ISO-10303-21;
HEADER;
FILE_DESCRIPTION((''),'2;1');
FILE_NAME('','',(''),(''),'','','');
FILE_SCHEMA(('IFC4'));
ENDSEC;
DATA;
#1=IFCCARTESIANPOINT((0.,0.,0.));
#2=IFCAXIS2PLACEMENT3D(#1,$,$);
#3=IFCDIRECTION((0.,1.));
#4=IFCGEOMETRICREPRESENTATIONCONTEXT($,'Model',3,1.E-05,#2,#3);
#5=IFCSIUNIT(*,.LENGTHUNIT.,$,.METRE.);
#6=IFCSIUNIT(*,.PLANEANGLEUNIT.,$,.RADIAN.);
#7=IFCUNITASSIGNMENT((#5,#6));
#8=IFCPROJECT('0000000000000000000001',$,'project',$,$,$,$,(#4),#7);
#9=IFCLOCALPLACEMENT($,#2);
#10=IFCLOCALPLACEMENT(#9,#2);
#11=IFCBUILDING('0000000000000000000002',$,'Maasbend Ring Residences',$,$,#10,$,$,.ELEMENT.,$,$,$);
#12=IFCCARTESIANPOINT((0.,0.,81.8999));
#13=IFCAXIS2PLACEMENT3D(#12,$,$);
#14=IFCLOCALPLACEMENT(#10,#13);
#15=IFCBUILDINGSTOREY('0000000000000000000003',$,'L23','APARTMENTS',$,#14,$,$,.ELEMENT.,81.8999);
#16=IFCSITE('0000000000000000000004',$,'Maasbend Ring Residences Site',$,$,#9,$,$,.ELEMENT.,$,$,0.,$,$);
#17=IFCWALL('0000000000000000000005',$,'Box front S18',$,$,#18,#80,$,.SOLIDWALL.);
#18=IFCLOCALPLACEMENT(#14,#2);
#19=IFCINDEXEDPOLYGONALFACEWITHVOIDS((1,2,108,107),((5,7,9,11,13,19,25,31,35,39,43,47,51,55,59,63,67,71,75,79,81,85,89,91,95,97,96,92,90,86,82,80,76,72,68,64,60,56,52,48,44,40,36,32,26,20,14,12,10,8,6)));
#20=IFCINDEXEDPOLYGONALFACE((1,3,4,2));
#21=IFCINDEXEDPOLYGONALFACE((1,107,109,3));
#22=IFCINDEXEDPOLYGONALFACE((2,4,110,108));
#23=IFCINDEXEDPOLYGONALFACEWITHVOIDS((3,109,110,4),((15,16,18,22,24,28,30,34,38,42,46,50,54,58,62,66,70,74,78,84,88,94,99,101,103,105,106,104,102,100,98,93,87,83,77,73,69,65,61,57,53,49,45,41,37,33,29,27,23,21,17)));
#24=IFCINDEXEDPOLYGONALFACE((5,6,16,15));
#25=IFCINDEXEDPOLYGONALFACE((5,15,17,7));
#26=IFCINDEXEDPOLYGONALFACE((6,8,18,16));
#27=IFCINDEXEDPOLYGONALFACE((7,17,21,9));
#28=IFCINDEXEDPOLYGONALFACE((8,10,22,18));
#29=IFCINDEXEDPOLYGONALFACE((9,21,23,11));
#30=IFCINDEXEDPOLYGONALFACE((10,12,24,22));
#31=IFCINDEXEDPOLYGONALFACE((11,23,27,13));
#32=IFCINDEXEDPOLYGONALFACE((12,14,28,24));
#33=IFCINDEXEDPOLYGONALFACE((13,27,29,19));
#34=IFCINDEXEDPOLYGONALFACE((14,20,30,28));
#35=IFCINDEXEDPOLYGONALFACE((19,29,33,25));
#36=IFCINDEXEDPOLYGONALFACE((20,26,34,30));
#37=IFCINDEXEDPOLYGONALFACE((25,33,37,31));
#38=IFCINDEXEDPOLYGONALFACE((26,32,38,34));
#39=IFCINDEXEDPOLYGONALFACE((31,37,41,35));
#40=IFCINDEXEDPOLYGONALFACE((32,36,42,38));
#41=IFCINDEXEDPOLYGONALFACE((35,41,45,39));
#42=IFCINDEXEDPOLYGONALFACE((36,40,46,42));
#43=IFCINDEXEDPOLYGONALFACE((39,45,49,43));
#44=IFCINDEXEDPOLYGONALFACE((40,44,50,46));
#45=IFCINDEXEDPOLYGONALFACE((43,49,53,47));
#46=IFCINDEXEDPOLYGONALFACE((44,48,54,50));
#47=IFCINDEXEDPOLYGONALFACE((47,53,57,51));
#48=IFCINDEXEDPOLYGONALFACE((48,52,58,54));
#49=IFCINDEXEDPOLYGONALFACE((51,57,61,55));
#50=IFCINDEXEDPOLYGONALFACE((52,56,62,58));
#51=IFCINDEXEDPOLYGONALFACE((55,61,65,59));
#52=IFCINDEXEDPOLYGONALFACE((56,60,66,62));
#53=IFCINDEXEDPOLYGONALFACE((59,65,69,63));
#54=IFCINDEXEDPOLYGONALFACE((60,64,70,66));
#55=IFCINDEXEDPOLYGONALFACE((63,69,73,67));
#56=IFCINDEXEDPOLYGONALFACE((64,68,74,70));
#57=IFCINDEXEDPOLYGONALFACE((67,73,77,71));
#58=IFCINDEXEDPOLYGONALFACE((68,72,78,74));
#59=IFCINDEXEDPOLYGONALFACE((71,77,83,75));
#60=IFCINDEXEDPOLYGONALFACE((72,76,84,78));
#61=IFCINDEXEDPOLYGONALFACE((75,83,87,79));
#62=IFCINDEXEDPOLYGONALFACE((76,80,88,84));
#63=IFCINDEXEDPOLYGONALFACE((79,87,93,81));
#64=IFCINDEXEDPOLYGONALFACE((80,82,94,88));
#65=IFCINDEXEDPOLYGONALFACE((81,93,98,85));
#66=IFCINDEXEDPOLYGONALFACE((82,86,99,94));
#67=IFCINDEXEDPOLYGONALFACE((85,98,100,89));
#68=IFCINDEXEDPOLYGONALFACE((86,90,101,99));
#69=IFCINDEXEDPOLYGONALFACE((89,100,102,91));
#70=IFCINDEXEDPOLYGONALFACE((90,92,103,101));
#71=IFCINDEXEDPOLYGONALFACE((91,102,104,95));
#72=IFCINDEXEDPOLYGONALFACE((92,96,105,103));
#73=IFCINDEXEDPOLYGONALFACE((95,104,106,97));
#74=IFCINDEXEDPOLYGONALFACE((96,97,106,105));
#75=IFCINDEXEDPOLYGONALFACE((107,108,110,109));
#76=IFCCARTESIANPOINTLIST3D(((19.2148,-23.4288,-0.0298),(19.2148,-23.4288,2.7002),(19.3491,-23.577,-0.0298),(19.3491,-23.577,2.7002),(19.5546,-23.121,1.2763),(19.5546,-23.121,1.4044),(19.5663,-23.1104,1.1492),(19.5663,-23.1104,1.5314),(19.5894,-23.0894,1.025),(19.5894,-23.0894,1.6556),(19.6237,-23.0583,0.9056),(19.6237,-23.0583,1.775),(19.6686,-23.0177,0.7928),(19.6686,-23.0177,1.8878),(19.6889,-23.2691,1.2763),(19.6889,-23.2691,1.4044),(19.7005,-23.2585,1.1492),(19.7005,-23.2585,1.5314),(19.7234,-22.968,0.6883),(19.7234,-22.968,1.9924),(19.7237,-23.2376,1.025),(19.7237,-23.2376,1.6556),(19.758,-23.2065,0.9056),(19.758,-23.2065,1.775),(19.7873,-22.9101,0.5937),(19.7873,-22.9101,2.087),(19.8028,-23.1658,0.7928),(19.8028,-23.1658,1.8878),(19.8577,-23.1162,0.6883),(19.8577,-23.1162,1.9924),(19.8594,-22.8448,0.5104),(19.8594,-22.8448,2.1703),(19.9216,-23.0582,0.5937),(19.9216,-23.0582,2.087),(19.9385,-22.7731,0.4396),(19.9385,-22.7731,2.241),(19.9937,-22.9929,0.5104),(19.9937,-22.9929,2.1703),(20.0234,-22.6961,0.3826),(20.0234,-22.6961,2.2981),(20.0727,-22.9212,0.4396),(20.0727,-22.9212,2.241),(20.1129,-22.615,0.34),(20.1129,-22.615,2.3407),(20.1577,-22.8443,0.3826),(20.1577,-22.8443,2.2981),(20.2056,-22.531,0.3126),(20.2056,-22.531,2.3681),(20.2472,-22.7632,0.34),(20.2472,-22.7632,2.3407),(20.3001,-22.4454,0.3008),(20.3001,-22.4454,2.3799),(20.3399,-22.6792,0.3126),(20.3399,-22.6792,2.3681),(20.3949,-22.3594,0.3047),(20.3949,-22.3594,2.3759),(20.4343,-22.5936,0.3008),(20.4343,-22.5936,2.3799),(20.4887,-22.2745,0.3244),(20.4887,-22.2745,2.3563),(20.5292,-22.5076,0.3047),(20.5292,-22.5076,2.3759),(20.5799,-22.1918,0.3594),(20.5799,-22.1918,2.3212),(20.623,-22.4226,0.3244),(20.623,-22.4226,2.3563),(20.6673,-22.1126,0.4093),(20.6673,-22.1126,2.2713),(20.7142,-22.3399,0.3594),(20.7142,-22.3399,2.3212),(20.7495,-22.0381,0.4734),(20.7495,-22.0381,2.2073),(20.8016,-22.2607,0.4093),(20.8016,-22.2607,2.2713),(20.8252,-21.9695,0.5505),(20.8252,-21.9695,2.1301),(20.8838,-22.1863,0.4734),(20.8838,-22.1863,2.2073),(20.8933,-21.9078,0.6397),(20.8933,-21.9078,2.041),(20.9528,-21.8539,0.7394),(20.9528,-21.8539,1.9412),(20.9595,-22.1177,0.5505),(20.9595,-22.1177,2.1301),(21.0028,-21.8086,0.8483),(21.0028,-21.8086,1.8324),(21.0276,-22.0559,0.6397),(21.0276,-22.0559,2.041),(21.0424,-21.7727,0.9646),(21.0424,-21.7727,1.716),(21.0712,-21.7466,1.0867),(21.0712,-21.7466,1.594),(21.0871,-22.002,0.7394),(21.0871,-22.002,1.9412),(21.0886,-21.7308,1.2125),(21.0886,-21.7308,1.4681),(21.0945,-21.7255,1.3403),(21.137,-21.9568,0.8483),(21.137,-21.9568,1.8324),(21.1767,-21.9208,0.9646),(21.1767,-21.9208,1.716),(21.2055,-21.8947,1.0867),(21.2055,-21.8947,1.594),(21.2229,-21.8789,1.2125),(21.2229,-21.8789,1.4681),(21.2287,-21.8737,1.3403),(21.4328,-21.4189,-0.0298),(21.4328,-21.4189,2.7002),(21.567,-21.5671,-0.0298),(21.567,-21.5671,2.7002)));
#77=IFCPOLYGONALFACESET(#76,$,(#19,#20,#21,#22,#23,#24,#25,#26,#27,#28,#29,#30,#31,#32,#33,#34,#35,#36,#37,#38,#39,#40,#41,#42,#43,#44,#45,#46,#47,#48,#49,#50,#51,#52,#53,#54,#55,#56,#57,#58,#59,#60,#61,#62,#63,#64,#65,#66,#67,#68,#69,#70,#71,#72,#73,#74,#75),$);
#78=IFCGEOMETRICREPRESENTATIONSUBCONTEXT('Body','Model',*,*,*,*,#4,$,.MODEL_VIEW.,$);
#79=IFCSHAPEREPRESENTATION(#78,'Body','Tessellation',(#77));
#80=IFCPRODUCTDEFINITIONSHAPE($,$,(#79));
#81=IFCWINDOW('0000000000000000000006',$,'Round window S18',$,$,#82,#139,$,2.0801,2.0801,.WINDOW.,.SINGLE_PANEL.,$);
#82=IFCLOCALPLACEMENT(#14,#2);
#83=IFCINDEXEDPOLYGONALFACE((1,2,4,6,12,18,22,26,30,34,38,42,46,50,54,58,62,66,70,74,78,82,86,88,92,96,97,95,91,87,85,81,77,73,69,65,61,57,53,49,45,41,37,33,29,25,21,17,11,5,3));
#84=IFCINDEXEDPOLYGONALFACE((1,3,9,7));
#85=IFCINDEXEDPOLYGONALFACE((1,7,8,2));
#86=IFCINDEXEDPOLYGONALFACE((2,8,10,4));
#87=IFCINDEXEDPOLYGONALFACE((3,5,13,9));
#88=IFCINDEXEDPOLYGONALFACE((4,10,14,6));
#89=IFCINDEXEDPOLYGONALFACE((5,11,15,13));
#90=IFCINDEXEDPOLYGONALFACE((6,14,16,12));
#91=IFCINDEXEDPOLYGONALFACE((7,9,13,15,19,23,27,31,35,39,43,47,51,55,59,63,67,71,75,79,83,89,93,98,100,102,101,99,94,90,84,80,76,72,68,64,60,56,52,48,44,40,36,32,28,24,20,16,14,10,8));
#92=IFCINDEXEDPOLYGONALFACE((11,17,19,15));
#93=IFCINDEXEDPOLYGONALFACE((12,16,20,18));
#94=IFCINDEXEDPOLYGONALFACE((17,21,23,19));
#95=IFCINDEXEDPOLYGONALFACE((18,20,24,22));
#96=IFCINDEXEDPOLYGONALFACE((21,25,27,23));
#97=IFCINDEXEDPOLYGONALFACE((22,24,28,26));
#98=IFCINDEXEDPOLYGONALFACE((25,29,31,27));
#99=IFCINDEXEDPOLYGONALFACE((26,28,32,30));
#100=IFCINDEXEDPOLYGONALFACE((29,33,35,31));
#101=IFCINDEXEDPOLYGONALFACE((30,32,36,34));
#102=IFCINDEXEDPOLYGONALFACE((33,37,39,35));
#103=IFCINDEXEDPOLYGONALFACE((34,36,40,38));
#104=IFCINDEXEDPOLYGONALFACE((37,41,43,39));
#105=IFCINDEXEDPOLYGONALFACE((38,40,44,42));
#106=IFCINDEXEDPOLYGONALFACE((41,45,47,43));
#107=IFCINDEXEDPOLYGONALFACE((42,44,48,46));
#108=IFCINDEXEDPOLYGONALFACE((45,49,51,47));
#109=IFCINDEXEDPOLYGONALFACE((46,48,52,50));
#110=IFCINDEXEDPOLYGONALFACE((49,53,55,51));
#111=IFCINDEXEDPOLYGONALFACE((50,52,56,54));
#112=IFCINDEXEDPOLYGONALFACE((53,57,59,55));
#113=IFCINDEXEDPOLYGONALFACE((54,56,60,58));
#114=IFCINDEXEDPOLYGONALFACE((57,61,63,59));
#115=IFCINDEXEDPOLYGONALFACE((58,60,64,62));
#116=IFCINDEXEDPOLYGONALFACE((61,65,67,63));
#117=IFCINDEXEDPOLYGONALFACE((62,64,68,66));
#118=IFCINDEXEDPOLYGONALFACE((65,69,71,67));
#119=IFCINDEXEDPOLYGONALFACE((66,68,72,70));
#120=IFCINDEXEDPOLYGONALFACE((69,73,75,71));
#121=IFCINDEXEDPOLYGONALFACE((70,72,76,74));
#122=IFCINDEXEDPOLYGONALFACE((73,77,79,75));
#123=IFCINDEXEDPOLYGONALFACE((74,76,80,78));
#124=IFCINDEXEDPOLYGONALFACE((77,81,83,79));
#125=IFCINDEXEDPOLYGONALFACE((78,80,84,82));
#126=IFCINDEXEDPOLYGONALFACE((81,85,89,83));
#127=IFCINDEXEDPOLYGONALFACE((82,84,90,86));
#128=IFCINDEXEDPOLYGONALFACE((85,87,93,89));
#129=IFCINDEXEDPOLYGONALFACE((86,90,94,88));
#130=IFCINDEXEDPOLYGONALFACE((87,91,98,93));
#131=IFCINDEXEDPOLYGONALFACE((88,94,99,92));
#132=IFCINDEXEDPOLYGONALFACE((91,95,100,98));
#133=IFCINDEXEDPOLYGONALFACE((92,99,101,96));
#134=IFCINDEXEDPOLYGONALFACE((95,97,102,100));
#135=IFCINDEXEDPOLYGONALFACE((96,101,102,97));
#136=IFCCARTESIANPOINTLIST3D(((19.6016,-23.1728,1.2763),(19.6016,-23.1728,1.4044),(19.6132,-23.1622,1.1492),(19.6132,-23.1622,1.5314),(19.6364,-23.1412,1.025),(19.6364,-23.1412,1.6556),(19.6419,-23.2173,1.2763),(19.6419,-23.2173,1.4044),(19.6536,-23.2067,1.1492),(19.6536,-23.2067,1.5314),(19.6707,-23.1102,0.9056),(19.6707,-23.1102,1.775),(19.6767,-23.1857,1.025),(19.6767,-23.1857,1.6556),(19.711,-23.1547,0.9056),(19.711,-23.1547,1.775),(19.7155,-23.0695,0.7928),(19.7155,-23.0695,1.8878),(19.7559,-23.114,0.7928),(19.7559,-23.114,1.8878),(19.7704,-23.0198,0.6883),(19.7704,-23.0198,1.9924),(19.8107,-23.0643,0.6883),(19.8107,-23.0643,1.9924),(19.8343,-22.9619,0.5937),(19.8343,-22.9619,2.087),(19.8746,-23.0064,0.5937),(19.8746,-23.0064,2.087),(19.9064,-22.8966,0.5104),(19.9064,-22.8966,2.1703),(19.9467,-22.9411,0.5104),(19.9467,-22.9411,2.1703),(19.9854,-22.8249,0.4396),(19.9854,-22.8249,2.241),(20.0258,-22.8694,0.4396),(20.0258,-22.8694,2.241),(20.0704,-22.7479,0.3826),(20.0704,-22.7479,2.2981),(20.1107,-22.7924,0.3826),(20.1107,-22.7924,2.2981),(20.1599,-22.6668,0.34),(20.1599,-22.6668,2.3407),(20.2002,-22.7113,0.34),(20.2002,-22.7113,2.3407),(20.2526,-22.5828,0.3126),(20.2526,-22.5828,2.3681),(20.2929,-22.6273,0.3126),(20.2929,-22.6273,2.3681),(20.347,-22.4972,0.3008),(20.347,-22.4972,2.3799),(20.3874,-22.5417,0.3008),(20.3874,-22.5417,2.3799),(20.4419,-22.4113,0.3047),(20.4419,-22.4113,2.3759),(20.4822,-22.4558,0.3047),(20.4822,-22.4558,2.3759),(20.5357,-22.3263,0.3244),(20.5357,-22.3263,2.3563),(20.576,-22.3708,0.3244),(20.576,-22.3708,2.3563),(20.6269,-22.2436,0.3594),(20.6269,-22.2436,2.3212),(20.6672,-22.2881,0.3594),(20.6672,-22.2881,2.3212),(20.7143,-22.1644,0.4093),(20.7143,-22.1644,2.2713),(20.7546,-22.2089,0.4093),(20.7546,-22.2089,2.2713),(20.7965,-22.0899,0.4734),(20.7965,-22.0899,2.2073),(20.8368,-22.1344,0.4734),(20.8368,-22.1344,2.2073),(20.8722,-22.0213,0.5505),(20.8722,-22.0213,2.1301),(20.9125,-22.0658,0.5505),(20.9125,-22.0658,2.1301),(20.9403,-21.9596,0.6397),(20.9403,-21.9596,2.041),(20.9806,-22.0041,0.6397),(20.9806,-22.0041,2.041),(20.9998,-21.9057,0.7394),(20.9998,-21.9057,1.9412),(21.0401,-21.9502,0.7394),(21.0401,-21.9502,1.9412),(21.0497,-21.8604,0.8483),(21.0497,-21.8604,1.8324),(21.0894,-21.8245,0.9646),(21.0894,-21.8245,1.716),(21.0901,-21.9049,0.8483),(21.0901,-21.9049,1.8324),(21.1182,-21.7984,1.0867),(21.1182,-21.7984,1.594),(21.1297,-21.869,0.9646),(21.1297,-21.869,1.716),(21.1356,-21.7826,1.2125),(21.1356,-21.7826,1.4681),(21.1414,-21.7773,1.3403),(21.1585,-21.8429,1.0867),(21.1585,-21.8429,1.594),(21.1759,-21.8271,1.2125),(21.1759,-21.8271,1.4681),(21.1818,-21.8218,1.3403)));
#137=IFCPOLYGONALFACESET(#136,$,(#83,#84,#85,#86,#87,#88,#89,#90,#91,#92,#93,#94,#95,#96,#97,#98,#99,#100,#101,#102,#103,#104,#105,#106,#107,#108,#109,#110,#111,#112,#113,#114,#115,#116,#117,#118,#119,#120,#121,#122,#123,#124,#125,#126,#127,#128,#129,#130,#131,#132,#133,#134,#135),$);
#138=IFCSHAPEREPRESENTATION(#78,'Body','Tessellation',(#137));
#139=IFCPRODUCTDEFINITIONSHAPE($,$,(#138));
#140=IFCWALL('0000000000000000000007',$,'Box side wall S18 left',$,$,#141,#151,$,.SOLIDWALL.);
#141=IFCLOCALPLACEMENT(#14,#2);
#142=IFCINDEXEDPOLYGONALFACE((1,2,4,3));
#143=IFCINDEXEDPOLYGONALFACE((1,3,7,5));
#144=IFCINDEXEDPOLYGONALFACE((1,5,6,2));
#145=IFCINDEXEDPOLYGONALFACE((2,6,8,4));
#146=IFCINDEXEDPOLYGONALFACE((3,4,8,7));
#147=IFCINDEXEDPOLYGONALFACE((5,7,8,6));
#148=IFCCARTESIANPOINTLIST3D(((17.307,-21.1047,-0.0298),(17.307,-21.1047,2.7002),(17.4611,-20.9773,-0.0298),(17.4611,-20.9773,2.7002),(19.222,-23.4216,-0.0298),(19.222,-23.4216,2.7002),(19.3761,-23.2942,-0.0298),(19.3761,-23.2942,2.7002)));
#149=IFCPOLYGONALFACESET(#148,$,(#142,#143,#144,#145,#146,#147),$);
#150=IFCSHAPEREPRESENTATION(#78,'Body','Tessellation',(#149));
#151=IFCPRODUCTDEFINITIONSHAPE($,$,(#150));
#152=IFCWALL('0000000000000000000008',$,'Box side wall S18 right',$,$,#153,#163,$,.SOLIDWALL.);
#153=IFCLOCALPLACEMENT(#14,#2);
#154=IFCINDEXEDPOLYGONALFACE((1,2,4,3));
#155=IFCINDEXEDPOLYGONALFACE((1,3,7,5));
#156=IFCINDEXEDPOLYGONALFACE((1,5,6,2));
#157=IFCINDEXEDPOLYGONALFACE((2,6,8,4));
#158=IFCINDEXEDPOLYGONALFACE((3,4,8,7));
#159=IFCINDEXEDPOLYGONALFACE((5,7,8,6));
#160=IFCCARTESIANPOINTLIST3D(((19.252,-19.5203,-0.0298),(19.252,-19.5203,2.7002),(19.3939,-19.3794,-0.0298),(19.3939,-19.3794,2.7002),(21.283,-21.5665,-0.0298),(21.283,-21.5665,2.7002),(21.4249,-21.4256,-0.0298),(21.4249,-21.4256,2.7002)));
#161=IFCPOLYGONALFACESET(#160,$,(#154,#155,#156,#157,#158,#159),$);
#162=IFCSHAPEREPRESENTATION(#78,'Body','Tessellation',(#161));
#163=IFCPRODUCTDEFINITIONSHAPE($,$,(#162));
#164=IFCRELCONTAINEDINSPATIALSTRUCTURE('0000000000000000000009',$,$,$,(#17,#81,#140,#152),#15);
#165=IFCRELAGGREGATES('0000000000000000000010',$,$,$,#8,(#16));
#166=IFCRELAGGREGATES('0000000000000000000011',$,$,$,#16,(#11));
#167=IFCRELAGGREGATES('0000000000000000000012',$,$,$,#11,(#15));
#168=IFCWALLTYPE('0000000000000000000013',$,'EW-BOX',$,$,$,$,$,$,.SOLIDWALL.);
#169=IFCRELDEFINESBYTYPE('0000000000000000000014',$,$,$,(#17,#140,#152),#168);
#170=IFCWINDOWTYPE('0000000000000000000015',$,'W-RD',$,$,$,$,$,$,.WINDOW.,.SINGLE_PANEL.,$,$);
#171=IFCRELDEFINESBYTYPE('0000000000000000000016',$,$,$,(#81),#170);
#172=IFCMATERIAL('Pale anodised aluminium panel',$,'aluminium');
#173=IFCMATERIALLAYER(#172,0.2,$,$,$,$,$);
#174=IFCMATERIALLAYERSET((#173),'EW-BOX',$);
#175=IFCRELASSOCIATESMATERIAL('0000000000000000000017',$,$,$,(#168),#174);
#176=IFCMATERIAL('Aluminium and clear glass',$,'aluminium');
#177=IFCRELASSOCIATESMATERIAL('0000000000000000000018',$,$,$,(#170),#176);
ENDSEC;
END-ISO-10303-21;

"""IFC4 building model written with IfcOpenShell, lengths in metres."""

from ifc_helpers import new_model, si_unit, direction, frame, frame_2d, origin, place, context, subcontext, project, spatial, rectangle, circle, extrude, material, layer, layer_set, type_object, element, fill, save


model = new_model("IFC4")

# Units and contexts
model_context = context("Model", 3, precision=1e-05, world=origin(), true_north=direction((0.0, 1.0)))
body_context = subcontext(model_context, "Body", "Model", "MODEL_VIEW")
ifc_project = project(units=[si_unit("LENGTHUNIT", "METRE"), si_unit("PLANEANGLEUNIT", "RADIAN")], contexts=[model_context])

# Site, building, storey
site_placement = place(None, origin())
site = spatial("IfcSite", under=ifc_project, at=site_placement, Name="Maasbend Ring Residences Site", CompositionType="ELEMENT", RefElevation=0.0)
building_placement = place(site_placement, origin())
building = spatial("IfcBuilding", under=site, at=building_placement, Name="Maasbend Ring Residences", CompositionType="ELEMENT")
storey_placement = place(building_placement, frame((0.0, 0.0, 81.8999)))
storey = spatial("IfcBuildingStorey", under=building, at=storey_placement, Name="L23", Description="APARTMENTS", CompositionType="ELEMENT", Elevation=81.8999)

# Shared definitions
ifc_material_1 = material(Name="Pale anodised aluminium panel", Category="aluminium")
ifc_layer_1 = layer(ifc_material_1, 0.2)
ifc_layer_set_1 = layer_set([ifc_layer_1], Name="EW-BOX")
wall_type_1 = type_object("IfcWallType", Name="EW-BOX", PredefinedType="SOLIDWALL", material=ifc_layer_set_1)
ifc_material_2 = material(Name="Aluminium and clear glass", Category="aluminium")
window_type_1 = type_object("IfcWindowType", Name="W-RD", PartitioningType="SINGLE_PANEL", PredefinedType="WINDOW", material=ifc_material_2)

# Wall, opening, window
wall_1_placement = place(storey_placement, frame((19.282, -23.5029, -0.0298), z_axis=(0.0, 0.0, 1.0), x_axis=(0.740998, 0.671507, 0.0)))
wall_1 = element("IfcWall", 1, at=wall_1_placement, inside=storey, type_object=wall_type_1, Name="Box front S18", PredefinedType="SOLIDWALL", context=body_context, shape_type="SweptSolid", body=[
    extrude(rectangle(XDim=2.9932, YDim=0.2, at=frame_2d((1.4966, 0.0))), origin(), (0.0, 0.0, 1.0), 2.73),
])
opening_1_placement = place(wall_1_placement, frame((0.4565, 0.0, 0.3301)))
opening_1 = element("IfcOpeningElement", 2, at=opening_1_placement, cuts=wall_1, PredefinedType="OPENING", context=body_context, shape_type="SweptSolid", body=[
    extrude(circle(Radius=1.04, at=frame_2d((1.04, 1.04))), frame((0.0, 0.1099, 0.0), z_axis=(0.0, -1.0, 0.0), x_axis=(1.0, 0.0, 0.0)), (0.0, 0.0, 1.0), 0.22),
])
window_1_placement = place(opening_1_placement, origin())
window_1 = element("IfcWindow", 3, at=window_1_placement, inside=storey, type_object=window_type_1, Name="Round window S18", OverallHeight=2.0801, OverallWidth=2.0801, PartitioningType="SINGLE_PANEL", PredefinedType="WINDOW", context=body_context, shape_type="SweptSolid", body=[
    extrude(circle(Radius=1.04, at=frame_2d((1.04, 1.04))), frame((0.0, 0.03, 0.0), z_axis=(0.0, -1.0, 0.0), x_axis=(1.0, 0.0, 0.0)), (0.0, 0.0, 1.0), 0.0601),
])
fill(opening_1, window_1)

# Walls
wall_2_placement = place(storey_placement, frame((17.384, -21.041, -0.0298), z_axis=(0.0, 0.0, 1.0), x_axis=(0.637096, -0.770785, 0.0)))
element("IfcWall", 4, at=wall_2_placement, inside=storey, type_object=wall_type_1, Name="Box side wall S18 left", PredefinedType="SOLIDWALL", context=body_context, shape_type="SweptSolid", body=[
    extrude(rectangle(XDim=3.0059, YDim=0.2, at=frame_2d((1.5029, 0.0))), origin(), (0.0, 0.0, 1.0), 2.73),
])
wall_3_placement = place(storey_placement, frame((19.323, -19.45, -0.0298), z_axis=(0.0, 0.0, 1.0), x_axis=(0.704477, -0.709727, 0.0)))
element("IfcWall", 5, at=wall_3_placement, inside=storey, type_object=wall_type_1, Name="Box side wall S18 right", PredefinedType="SOLIDWALL", context=body_context, shape_type="SweptSolid", body=[
    extrude(rectangle(XDim=2.8831, YDim=0.2, at=frame_2d((1.4414, 0.0))), origin(), (0.0, 0.0, 1.0), 2.73),
])

save(model, "model.ifc")
